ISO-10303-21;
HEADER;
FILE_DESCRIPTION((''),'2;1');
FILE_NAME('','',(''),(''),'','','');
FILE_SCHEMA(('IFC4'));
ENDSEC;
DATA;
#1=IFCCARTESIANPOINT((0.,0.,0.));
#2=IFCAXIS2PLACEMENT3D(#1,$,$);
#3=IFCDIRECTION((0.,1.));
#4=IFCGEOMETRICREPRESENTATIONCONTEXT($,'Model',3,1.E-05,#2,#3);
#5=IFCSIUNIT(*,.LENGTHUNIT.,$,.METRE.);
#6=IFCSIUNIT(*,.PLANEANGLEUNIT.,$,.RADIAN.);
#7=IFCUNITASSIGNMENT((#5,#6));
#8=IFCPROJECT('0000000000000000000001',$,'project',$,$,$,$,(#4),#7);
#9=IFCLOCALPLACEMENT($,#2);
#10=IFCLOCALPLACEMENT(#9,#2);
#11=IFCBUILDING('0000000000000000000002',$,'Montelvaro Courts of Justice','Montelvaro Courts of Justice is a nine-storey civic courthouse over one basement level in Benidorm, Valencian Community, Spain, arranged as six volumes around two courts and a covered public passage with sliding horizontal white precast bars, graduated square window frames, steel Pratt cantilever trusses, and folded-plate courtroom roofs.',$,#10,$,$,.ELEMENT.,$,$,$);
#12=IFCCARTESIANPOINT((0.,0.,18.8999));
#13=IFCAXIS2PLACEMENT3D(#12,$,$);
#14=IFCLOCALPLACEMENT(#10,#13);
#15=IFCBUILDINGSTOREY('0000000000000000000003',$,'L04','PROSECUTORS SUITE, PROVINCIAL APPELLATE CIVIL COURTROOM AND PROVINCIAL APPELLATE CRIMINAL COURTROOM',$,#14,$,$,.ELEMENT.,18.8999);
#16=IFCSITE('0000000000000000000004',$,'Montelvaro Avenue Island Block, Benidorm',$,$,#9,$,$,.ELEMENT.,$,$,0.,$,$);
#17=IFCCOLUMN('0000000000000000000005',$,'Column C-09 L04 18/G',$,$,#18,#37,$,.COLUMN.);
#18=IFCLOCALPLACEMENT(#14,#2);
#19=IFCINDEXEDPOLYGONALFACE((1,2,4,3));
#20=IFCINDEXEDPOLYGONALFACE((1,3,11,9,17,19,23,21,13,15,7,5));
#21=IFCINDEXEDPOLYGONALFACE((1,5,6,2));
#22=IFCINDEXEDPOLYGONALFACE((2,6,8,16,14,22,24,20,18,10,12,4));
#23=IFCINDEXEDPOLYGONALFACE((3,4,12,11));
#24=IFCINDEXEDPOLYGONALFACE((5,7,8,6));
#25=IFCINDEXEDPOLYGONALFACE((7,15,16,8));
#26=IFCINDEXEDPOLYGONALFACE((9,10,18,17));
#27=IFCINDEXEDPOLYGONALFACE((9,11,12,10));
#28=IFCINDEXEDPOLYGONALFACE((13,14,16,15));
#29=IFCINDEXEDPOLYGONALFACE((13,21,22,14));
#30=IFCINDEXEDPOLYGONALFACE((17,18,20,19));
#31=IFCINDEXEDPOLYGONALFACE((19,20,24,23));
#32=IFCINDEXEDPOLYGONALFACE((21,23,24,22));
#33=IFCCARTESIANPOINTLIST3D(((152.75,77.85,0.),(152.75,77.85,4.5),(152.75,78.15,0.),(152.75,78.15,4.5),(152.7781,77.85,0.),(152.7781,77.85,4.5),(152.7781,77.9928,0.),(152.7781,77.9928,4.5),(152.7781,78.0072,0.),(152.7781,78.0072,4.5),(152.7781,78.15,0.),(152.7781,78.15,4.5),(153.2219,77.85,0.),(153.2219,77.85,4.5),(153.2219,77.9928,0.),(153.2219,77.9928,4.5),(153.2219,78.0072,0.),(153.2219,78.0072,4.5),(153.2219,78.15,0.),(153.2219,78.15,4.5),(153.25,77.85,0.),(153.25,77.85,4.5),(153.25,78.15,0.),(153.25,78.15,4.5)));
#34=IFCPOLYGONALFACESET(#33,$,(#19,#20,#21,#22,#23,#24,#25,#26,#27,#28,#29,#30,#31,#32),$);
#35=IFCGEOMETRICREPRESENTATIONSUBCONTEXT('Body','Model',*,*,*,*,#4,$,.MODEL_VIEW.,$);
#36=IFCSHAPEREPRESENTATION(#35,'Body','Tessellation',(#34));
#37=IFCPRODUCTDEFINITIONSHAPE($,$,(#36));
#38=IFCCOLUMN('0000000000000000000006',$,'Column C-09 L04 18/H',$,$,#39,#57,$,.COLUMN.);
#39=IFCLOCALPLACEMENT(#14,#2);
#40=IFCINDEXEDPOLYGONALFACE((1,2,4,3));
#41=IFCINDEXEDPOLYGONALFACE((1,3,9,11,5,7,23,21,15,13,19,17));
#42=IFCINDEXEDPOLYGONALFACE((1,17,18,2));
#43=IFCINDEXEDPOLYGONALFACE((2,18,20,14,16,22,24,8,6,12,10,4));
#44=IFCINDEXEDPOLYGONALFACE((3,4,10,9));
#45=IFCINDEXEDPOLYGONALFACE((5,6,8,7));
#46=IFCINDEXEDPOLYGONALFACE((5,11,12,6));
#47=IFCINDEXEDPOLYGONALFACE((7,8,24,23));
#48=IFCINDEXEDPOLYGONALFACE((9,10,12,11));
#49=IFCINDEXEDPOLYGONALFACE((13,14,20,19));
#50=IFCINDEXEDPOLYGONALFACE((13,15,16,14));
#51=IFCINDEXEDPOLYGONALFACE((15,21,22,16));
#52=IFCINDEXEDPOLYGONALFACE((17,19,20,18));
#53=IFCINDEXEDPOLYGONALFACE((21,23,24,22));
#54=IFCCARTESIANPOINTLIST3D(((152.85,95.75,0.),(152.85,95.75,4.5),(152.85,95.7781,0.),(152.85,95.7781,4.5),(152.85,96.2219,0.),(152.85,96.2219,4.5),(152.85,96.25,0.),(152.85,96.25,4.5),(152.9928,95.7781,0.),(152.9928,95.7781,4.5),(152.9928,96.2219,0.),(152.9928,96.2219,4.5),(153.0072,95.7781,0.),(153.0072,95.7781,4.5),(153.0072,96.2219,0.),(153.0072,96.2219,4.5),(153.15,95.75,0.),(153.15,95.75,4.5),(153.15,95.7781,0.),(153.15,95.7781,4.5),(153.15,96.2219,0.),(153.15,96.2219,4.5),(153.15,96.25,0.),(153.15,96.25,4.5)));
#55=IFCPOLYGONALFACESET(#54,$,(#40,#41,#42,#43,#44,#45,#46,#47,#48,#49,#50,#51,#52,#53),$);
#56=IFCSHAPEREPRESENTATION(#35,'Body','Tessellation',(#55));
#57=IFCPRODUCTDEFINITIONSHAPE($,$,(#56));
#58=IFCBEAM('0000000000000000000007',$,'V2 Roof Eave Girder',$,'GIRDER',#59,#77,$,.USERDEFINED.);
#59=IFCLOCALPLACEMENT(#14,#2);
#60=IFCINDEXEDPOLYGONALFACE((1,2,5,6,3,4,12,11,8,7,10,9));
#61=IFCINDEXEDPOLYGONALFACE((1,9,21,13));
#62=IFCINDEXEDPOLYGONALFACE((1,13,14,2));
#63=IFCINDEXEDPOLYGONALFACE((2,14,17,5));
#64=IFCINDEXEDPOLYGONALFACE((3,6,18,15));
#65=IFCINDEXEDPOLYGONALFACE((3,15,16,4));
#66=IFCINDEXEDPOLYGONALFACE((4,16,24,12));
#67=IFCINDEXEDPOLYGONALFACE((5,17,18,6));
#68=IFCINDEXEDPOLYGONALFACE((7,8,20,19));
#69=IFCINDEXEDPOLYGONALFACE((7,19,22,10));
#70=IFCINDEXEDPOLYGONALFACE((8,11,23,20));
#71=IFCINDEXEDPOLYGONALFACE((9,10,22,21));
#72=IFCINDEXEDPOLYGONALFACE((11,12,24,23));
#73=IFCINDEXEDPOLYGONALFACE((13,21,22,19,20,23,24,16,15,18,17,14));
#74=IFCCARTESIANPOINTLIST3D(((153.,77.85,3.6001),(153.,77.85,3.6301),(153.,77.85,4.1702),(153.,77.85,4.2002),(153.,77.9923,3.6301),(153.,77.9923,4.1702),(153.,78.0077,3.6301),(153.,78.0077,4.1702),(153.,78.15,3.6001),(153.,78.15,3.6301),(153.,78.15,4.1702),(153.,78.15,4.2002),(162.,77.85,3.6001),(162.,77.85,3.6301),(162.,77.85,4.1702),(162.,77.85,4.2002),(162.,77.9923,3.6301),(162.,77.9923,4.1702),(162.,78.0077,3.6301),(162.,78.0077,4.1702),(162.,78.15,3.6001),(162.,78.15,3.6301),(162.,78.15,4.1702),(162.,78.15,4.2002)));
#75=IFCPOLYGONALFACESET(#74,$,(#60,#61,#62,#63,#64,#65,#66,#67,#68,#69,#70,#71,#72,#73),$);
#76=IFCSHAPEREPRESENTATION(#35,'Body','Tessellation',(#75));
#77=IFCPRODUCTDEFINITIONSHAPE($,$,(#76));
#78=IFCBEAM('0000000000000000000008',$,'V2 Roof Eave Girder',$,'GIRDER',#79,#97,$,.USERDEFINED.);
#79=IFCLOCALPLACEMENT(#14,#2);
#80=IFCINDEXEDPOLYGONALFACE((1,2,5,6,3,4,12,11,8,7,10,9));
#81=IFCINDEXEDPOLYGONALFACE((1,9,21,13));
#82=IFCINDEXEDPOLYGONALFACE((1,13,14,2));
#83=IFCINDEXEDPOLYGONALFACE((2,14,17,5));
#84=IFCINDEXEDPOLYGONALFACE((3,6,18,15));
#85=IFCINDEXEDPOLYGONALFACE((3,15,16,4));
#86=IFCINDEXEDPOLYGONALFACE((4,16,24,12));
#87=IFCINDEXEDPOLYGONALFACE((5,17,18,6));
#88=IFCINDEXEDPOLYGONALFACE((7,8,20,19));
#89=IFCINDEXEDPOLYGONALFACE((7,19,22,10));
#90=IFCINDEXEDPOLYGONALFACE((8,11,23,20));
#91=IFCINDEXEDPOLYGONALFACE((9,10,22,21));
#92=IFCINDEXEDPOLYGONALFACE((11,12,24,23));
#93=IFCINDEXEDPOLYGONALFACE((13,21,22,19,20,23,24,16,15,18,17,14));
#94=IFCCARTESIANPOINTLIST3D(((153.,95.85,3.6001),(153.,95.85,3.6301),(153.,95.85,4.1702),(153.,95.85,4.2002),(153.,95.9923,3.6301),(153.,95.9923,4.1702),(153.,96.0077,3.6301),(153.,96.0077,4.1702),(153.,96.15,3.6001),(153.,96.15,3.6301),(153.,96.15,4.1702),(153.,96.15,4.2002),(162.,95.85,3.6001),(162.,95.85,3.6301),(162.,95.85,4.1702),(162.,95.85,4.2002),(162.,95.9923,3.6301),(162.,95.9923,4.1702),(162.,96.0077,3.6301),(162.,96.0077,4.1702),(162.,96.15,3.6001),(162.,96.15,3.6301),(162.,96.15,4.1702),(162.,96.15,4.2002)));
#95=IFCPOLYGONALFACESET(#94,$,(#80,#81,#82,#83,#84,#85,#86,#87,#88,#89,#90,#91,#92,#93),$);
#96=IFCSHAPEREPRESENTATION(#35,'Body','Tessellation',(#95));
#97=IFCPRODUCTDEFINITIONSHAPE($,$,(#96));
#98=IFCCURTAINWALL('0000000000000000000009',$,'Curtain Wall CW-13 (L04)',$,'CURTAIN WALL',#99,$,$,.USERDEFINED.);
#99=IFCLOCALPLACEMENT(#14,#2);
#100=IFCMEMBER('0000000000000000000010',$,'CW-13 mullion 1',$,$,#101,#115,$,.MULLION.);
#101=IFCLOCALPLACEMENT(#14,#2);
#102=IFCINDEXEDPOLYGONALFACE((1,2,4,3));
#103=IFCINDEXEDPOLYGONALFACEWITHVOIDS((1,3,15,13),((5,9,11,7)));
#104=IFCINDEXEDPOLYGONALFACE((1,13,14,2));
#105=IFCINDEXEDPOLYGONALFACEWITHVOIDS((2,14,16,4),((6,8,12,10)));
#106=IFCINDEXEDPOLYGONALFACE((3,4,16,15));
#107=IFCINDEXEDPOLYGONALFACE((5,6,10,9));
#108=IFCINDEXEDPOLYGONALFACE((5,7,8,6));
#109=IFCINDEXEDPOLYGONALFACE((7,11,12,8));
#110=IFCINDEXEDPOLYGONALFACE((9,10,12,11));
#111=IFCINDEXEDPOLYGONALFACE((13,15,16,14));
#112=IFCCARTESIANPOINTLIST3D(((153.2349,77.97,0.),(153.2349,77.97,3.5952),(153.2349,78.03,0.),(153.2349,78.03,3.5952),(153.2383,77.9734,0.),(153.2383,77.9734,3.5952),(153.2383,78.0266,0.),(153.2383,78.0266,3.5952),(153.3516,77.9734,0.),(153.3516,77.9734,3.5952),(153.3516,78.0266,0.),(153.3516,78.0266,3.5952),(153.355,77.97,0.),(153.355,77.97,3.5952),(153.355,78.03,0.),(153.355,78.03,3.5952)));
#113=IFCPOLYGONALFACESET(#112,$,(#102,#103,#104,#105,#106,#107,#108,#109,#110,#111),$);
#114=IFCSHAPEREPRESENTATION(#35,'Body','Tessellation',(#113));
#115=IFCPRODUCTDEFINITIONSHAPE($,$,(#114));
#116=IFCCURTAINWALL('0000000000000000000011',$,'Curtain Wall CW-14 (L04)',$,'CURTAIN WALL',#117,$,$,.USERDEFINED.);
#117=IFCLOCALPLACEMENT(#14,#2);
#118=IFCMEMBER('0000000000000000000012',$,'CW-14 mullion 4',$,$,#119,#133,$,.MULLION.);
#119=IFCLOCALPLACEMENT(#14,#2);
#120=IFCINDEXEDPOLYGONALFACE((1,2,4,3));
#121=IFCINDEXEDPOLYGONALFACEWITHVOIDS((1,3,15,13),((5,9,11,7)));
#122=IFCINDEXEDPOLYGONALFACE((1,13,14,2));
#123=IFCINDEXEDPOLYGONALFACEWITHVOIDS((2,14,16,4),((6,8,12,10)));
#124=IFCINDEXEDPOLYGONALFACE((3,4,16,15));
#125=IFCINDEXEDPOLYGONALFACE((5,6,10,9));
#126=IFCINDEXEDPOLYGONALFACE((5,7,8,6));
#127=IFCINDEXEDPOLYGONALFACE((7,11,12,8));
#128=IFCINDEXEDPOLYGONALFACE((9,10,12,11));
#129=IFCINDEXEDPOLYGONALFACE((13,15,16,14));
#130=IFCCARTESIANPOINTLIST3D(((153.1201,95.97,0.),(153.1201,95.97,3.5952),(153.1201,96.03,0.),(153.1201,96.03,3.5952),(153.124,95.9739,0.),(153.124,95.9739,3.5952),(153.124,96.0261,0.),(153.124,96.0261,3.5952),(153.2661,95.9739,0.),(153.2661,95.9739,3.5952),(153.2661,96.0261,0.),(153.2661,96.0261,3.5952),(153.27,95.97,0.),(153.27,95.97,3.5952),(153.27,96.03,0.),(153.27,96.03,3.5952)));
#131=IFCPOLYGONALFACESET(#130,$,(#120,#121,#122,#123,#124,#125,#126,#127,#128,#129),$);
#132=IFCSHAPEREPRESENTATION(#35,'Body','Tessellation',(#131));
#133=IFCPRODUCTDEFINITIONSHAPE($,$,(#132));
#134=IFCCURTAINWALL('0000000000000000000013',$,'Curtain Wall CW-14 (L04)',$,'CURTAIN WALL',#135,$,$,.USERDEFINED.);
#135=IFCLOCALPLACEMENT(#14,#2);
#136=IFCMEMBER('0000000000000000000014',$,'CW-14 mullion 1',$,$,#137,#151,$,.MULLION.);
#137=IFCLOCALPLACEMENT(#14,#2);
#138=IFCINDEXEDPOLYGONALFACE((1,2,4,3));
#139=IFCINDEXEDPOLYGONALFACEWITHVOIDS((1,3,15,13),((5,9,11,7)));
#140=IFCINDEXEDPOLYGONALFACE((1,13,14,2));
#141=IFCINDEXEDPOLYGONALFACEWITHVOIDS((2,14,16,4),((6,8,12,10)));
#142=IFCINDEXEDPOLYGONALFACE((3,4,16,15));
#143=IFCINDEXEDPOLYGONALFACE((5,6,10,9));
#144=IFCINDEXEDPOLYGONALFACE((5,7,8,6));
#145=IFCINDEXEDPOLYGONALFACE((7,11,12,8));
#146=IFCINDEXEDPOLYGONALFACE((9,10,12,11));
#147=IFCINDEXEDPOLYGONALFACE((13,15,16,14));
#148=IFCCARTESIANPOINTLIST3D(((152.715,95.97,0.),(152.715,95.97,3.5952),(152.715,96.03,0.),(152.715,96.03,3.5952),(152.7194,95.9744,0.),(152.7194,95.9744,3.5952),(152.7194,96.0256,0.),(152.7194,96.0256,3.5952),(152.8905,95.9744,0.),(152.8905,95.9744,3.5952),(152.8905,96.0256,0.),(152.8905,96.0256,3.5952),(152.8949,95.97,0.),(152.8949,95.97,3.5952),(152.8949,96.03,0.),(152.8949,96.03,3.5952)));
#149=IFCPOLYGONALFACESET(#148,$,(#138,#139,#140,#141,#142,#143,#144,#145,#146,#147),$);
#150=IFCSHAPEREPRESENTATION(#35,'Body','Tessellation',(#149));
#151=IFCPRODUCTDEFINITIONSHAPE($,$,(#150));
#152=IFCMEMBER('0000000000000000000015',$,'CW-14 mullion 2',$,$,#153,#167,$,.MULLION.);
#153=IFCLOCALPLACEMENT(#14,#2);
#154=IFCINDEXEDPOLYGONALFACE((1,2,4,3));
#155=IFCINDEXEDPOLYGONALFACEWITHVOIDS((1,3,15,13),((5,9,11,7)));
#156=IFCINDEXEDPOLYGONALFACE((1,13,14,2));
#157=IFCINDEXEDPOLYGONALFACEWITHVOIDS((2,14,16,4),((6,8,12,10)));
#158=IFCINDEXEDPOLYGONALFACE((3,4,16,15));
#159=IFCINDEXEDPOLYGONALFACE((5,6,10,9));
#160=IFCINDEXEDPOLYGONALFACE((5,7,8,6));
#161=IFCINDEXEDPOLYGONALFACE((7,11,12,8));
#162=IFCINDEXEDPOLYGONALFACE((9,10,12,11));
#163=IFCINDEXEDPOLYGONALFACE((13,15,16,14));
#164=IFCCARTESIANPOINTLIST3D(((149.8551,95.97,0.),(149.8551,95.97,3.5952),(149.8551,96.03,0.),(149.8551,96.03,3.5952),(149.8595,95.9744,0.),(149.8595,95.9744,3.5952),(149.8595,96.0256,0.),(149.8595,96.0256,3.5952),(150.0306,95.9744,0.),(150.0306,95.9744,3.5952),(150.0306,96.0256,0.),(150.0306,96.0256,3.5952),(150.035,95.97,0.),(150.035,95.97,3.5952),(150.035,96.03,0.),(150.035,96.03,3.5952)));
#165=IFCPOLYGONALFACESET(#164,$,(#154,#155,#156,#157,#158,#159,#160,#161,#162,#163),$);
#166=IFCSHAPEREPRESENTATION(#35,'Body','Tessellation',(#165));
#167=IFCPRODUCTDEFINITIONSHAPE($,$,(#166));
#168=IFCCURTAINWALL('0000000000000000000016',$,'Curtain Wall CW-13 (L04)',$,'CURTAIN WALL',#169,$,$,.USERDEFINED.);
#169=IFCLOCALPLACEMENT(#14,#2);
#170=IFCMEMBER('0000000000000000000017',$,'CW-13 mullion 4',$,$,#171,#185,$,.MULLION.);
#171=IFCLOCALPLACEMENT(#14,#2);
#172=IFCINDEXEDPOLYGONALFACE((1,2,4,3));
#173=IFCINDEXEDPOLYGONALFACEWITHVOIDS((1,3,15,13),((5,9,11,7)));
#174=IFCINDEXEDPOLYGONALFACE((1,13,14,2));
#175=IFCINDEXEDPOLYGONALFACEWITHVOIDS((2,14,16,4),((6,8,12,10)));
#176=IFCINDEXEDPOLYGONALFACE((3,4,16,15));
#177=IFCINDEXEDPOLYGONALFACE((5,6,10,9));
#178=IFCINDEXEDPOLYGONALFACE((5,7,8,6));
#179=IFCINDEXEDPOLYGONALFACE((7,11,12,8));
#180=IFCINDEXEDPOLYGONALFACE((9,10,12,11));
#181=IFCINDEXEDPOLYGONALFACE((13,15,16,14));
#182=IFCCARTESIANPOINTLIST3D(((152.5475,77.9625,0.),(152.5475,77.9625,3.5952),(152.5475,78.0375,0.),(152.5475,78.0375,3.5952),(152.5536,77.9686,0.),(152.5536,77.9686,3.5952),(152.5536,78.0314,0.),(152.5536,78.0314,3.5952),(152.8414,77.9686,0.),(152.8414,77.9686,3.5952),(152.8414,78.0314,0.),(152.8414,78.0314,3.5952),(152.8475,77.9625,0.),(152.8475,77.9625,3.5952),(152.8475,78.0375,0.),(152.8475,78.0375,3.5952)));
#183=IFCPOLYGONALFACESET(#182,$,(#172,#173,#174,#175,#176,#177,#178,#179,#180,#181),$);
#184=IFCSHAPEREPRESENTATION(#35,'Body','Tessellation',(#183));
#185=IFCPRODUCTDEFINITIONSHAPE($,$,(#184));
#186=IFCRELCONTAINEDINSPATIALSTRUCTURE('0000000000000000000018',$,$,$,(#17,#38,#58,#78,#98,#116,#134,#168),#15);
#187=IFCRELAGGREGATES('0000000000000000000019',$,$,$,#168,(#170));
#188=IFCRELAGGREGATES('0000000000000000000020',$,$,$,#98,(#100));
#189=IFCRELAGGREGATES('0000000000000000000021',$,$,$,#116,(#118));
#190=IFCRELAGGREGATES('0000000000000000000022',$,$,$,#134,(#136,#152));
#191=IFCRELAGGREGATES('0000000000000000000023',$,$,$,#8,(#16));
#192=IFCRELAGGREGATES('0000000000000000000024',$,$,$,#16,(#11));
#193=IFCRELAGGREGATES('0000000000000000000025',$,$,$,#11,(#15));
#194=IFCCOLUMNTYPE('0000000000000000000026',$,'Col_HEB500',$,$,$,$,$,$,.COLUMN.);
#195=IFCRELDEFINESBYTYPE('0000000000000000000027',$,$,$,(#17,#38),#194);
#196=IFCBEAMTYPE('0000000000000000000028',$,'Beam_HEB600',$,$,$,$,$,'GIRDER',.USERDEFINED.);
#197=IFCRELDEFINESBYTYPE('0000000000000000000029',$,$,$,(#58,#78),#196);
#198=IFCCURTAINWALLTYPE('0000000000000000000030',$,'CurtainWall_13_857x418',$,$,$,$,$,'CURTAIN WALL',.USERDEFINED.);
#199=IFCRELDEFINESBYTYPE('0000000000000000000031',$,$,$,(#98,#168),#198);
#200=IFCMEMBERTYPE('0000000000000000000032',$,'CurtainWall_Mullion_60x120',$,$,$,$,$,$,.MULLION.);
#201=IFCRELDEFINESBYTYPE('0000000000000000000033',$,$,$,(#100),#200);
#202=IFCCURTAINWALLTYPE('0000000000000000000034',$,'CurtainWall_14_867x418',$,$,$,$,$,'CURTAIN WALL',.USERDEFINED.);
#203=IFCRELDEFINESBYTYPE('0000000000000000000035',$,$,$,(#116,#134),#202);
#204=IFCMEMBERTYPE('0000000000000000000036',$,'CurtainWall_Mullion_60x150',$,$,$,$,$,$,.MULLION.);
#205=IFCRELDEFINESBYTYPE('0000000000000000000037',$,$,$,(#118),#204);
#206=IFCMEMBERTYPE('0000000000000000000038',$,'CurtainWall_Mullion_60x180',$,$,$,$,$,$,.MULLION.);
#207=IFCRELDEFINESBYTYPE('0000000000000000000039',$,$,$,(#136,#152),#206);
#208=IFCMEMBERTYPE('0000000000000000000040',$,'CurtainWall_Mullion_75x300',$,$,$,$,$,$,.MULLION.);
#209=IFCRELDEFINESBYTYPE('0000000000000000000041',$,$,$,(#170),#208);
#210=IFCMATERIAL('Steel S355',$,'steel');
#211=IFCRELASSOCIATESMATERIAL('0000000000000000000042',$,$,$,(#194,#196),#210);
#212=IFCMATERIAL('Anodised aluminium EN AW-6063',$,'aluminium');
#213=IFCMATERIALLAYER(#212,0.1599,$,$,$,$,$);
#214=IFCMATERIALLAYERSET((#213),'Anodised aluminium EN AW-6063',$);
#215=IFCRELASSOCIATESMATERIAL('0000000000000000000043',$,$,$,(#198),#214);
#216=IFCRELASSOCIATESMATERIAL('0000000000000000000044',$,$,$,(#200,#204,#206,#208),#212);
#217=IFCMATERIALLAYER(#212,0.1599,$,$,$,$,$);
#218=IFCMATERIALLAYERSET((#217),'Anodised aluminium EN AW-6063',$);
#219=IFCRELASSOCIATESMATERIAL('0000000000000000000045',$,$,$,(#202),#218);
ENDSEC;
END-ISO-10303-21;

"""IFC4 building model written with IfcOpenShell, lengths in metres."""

from ifc_helpers import new_model, si_unit, direction, frame, origin, origin_2d, place, context, subcontext, project, spatial, hollow_rectangle, i_section, extrude, material, layer, layer_set, material_profile, profile_set, type_object, element, aggregate, save


model = new_model("IFC4")

# Units and contexts
model_context = context("Model", 3, precision=1e-05, world=origin(), true_north=direction((0.0, 1.0)))
body_context = subcontext(model_context, "Body", "Model", "MODEL_VIEW")
ifc_project = project(units=[si_unit("LENGTHUNIT", "METRE"), si_unit("PLANEANGLEUNIT", "RADIAN")], contexts=[model_context])

# Site, building, storey
site_placement = place(None, origin())
site = spatial("IfcSite", under=ifc_project, at=site_placement, Name="Montelvaro Avenue Island Block, Benidorm", CompositionType="ELEMENT", RefElevation=0.0)
building_placement = place(site_placement, origin())
building = spatial("IfcBuilding", under=site, at=building_placement, Name="Montelvaro Courts of Justice", Description="Montelvaro Courts of Justice is a nine-storey civic courthouse over one basement level in Benidorm, Valencian Community, Spain, arranged as six volumes around two courts and a covered public passage with sliding horizontal white precast bars, graduated square window frames, steel Pratt cantilever trusses, and folded-plate courtroom roofs.", CompositionType="ELEMENT")
storey_placement = place(building_placement, frame((0.0, 0.0, 18.8999)))
storey = spatial("IfcBuildingStorey", under=building, at=storey_placement, Name="L04", Description="PROSECUTORS SUITE, PROVINCIAL APPELLATE CIVIL COURTROOM AND PROVINCIAL APPELLATE CRIMINAL COURTROOM", CompositionType="ELEMENT", Elevation=18.8999)

# Columns
ifc_material_1 = material(Name="Steel S355", Category="steel")
ifc_material_profile_1 = material_profile(ifc_material_1, i_section(OverallWidth=0.3, OverallDepth=0.5, WebThickness=0.0144, FlangeThickness=0.0281, at=origin_2d()), Name="HEB 500")
ifc_profile_set_1 = profile_set([ifc_material_profile_1], Name="Steel S355")
column_type = type_object("IfcColumnType", Name="Col_HEB500", PredefinedType="COLUMN", material=ifc_profile_set_1)
for number, where, z_axis, x_axis, name in (
    (1, (153.0, 78.0, 0.0), (0.0, 0.0, 1.0), (0.0, 1.0, 0.0), "Column C-09 L04 18/G"),
    (2, (153.0, 96.0, 0.0), (0.0, 0.0, 1.0), (1.0, 0.0, 0.0), "Column C-09 L04 18/H"),
):
    element("IfcColumn", number, at=place(storey_placement, frame(where, z_axis=z_axis, x_axis=x_axis)), inside=storey, type_object=column_type, Name=name, PredefinedType="COLUMN", context=body_context, shape_type="SweptSolid", body=[
        extrude(i_section(OverallWidth=0.3, OverallDepth=0.5, WebThickness=0.0144, FlangeThickness=0.0281, at=origin_2d()), origin(), (0.0, 0.0, 1.0), 4.5),
    ])

# Beams
ifc_material_profile_2 = material_profile(ifc_material_1, i_section(OverallWidth=0.3, OverallDepth=0.6001, WebThickness=0.0154, FlangeThickness=0.03, at=origin_2d()), Name="HEB 600")
ifc_profile_set_2 = profile_set([ifc_material_profile_2], Name="Steel S355")
beam_type = type_object("IfcBeamType", Name="Beam_HEB600", ElementType="GIRDER", PredefinedType="USERDEFINED", material=ifc_profile_set_2)
for number, where, z_axis, x_axis, name in (
    (3, (153.0, 78.0, 3.9001), (1.0, 0.0, 0.0), (0.0, 1.0, 0.0), "V2 Roof Eave Girder"),
    (4, (153.0, 96.0, 3.9001), (1.0, 0.0, 0.0), (0.0, 1.0, 0.0), "V2 Roof Eave Girder"),
):
    element("IfcBeam", number, at=place(storey_placement, frame(where, z_axis=z_axis, x_axis=x_axis)), inside=storey, type_object=beam_type, Name=name, ObjectType="GIRDER", PredefinedType="USERDEFINED", context=body_context, shape_type="SweptSolid", body=[
        extrude(i_section(OverallWidth=0.3, OverallDepth=0.6001, WebThickness=0.0154, FlangeThickness=0.03, at=origin_2d()), origin(), (0.0, 0.0, 1.0), 9.0),
    ])

# Curtain walls, members
ifc_material_2 = material(Name="Anodised aluminium EN AW-6063", Category="aluminium")
ifc_layer_1 = layer(ifc_material_2, 0.1599)
ifc_layer_set_1 = layer_set([ifc_layer_1], Name="Anodised aluminium EN AW-6063")
curtain_wall_type_1 = type_object("IfcCurtainWallType", Name="CurtainWall_13_857x418", ElementType="CURTAIN WALL", PredefinedType="USERDEFINED", material=ifc_layer_set_1)
curtain_wall_1_placement = place(storey_placement, origin())
curtain_wall_1 = element("IfcCurtainWall", 5, at=curtain_wall_1_placement, inside=storey, type_object=curtain_wall_type_1, Name="Curtain Wall CW-13 (L04)", ObjectType="CURTAIN WALL", PredefinedType="USERDEFINED")
ifc_material_profile_3 = material_profile(ifc_material_2, hollow_rectangle(XDim=0.0601, YDim=0.1201, WallThickness=0.0034, at=origin_2d()), Name="ALU-M 60x120")
ifc_profile_set_3 = profile_set([ifc_material_profile_3], Name="Anodised aluminium EN AW-6063")
member_type_1 = type_object("IfcMemberType", Name="CurtainWall_Mullion_60x120", PredefinedType="MULLION", material=ifc_profile_set_3)
member_1_placement = place(storey_placement, frame((153.2949, 78.0, 0.0), z_axis=(0.0, 0.0, 1.0), x_axis=(0.0, 1.0, 0.0)))
member_1 = element("IfcMember", 6, at=member_1_placement, type_object=member_type_1, Name="CW-13 mullion 1", PredefinedType="MULLION", context=body_context, shape_type="SweptSolid", body=[
    extrude(hollow_rectangle(XDim=0.0601, YDim=0.1201, WallThickness=0.0034, at=origin_2d()), origin(), (0.0, 0.0, 1.0), 3.5952),
])
ifc_layer_2 = layer(ifc_material_2, 0.1599)
ifc_layer_set_2 = layer_set([ifc_layer_2], Name="Anodised aluminium EN AW-6063")
curtain_wall_type_2 = type_object("IfcCurtainWallType", Name="CurtainWall_14_867x418", ElementType="CURTAIN WALL", PredefinedType="USERDEFINED", material=ifc_layer_set_2)
curtain_wall_2_placement = place(storey_placement, origin())
curtain_wall_2 = element("IfcCurtainWall", 7, at=curtain_wall_2_placement, inside=storey, type_object=curtain_wall_type_2, Name="Curtain Wall CW-14 (L04)", ObjectType="CURTAIN WALL", PredefinedType="USERDEFINED")
ifc_material_profile_4 = material_profile(ifc_material_2, hollow_rectangle(XDim=0.0601, YDim=0.1499, WallThickness=0.0039, at=origin_2d()), Name="ALU-M 60x150")
ifc_profile_set_4 = profile_set([ifc_material_profile_4], Name="Anodised aluminium EN AW-6063")
member_type_2 = type_object("IfcMemberType", Name="CurtainWall_Mullion_60x150", PredefinedType="MULLION", material=ifc_profile_set_4)
member_2_placement = place(storey_placement, frame((153.1951, 96.0, 0.0), z_axis=(0.0, 0.0, 1.0), x_axis=(0.0, -1.0, 0.0)))
member_2 = element("IfcMember", 8, at=member_2_placement, type_object=member_type_2, Name="CW-14 mullion 4", PredefinedType="MULLION", context=body_context, shape_type="SweptSolid", body=[
    extrude(hollow_rectangle(XDim=0.0601, YDim=0.1499, WallThickness=0.0039, at=origin_2d()), origin(), (0.0, 0.0, 1.0), 3.5952),
])

# Curtain walls, members
curtain_wall_3_placement = place(storey_placement, origin())
curtain_wall_3 = element("IfcCurtainWall", 9, at=curtain_wall_3_placement, inside=storey, type_object=curtain_wall_type_2, Name="Curtain Wall CW-14 (L04)", ObjectType="CURTAIN WALL", PredefinedType="USERDEFINED")
ifc_material_profile_5 = material_profile(ifc_material_2, hollow_rectangle(XDim=0.0601, YDim=0.1799, WallThickness=0.0044, at=origin_2d()), Name="ALU-M 60x180")
ifc_profile_set_5 = profile_set([ifc_material_profile_5], Name="Anodised aluminium EN AW-6063")
member_type_3 = type_object("IfcMemberType", Name="CurtainWall_Mullion_60x180", PredefinedType="MULLION", material=ifc_profile_set_5)
member_3_placement = place(storey_placement, frame((152.8049, 96.0, 0.0), z_axis=(0.0, 0.0, 1.0), x_axis=(0.0, -1.0, 0.0)))
member_3 = element("IfcMember", 10, at=member_3_placement, type_object=member_type_3, Name="CW-14 mullion 1", PredefinedType="MULLION", context=body_context, shape_type="SweptSolid", body=[
    extrude(hollow_rectangle(XDim=0.0601, YDim=0.1799, WallThickness=0.0044, at=origin_2d()), origin(), (0.0, 0.0, 1.0), 3.5952),
])
member_4_placement = place(storey_placement, frame((149.9451, 96.0, 0.0), z_axis=(0.0, 0.0, 1.0), x_axis=(0.0, -1.0, 0.0)))
member_4 = element("IfcMember", 11, at=member_4_placement, type_object=member_type_3, Name="CW-14 mullion 2", PredefinedType="MULLION", context=body_context, shape_type="SweptSolid", body=[
    extrude(hollow_rectangle(XDim=0.0601, YDim=0.1799, WallThickness=0.0044, at=origin_2d()), origin(), (0.0, 0.0, 1.0), 3.5952),
])
curtain_wall_4_placement = place(storey_placement, origin())
curtain_wall_4 = element("IfcCurtainWall", 12, at=curtain_wall_4_placement, inside=storey, type_object=curtain_wall_type_1, Name="Curtain Wall CW-13 (L04)", ObjectType="CURTAIN WALL", PredefinedType="USERDEFINED")
ifc_material_profile_6 = material_profile(ifc_material_2, hollow_rectangle(XDim=0.075, YDim=0.3, WallThickness=0.0061, at=origin_2d()), Name="ALU-M 75x300")
ifc_profile_set_6 = profile_set([ifc_material_profile_6], Name="Anodised aluminium EN AW-6063")
member_type_4 = type_object("IfcMemberType", Name="CurtainWall_Mullion_75x300", PredefinedType="MULLION", material=ifc_profile_set_6)
member_5_placement = place(storey_placement, frame((152.6975, 78.0, 0.0), z_axis=(0.0, 0.0, 1.0), x_axis=(0.0, 1.0, 0.0)))
member_5 = element("IfcMember", 13, at=member_5_placement, type_object=member_type_4, Name="CW-13 mullion 4", PredefinedType="MULLION", context=body_context, shape_type="SweptSolid", body=[
    extrude(hollow_rectangle(XDim=0.075, YDim=0.3, WallThickness=0.0061, at=origin_2d()), origin(), (0.0, 0.0, 1.0), 3.5952),
])

aggregate(curtain_wall_4, [member_5])
aggregate(curtain_wall_1, [member_1])
aggregate(curtain_wall_2, [member_2])
aggregate(curtain_wall_3, [member_3, member_4])

save(model, "model.ifc")
